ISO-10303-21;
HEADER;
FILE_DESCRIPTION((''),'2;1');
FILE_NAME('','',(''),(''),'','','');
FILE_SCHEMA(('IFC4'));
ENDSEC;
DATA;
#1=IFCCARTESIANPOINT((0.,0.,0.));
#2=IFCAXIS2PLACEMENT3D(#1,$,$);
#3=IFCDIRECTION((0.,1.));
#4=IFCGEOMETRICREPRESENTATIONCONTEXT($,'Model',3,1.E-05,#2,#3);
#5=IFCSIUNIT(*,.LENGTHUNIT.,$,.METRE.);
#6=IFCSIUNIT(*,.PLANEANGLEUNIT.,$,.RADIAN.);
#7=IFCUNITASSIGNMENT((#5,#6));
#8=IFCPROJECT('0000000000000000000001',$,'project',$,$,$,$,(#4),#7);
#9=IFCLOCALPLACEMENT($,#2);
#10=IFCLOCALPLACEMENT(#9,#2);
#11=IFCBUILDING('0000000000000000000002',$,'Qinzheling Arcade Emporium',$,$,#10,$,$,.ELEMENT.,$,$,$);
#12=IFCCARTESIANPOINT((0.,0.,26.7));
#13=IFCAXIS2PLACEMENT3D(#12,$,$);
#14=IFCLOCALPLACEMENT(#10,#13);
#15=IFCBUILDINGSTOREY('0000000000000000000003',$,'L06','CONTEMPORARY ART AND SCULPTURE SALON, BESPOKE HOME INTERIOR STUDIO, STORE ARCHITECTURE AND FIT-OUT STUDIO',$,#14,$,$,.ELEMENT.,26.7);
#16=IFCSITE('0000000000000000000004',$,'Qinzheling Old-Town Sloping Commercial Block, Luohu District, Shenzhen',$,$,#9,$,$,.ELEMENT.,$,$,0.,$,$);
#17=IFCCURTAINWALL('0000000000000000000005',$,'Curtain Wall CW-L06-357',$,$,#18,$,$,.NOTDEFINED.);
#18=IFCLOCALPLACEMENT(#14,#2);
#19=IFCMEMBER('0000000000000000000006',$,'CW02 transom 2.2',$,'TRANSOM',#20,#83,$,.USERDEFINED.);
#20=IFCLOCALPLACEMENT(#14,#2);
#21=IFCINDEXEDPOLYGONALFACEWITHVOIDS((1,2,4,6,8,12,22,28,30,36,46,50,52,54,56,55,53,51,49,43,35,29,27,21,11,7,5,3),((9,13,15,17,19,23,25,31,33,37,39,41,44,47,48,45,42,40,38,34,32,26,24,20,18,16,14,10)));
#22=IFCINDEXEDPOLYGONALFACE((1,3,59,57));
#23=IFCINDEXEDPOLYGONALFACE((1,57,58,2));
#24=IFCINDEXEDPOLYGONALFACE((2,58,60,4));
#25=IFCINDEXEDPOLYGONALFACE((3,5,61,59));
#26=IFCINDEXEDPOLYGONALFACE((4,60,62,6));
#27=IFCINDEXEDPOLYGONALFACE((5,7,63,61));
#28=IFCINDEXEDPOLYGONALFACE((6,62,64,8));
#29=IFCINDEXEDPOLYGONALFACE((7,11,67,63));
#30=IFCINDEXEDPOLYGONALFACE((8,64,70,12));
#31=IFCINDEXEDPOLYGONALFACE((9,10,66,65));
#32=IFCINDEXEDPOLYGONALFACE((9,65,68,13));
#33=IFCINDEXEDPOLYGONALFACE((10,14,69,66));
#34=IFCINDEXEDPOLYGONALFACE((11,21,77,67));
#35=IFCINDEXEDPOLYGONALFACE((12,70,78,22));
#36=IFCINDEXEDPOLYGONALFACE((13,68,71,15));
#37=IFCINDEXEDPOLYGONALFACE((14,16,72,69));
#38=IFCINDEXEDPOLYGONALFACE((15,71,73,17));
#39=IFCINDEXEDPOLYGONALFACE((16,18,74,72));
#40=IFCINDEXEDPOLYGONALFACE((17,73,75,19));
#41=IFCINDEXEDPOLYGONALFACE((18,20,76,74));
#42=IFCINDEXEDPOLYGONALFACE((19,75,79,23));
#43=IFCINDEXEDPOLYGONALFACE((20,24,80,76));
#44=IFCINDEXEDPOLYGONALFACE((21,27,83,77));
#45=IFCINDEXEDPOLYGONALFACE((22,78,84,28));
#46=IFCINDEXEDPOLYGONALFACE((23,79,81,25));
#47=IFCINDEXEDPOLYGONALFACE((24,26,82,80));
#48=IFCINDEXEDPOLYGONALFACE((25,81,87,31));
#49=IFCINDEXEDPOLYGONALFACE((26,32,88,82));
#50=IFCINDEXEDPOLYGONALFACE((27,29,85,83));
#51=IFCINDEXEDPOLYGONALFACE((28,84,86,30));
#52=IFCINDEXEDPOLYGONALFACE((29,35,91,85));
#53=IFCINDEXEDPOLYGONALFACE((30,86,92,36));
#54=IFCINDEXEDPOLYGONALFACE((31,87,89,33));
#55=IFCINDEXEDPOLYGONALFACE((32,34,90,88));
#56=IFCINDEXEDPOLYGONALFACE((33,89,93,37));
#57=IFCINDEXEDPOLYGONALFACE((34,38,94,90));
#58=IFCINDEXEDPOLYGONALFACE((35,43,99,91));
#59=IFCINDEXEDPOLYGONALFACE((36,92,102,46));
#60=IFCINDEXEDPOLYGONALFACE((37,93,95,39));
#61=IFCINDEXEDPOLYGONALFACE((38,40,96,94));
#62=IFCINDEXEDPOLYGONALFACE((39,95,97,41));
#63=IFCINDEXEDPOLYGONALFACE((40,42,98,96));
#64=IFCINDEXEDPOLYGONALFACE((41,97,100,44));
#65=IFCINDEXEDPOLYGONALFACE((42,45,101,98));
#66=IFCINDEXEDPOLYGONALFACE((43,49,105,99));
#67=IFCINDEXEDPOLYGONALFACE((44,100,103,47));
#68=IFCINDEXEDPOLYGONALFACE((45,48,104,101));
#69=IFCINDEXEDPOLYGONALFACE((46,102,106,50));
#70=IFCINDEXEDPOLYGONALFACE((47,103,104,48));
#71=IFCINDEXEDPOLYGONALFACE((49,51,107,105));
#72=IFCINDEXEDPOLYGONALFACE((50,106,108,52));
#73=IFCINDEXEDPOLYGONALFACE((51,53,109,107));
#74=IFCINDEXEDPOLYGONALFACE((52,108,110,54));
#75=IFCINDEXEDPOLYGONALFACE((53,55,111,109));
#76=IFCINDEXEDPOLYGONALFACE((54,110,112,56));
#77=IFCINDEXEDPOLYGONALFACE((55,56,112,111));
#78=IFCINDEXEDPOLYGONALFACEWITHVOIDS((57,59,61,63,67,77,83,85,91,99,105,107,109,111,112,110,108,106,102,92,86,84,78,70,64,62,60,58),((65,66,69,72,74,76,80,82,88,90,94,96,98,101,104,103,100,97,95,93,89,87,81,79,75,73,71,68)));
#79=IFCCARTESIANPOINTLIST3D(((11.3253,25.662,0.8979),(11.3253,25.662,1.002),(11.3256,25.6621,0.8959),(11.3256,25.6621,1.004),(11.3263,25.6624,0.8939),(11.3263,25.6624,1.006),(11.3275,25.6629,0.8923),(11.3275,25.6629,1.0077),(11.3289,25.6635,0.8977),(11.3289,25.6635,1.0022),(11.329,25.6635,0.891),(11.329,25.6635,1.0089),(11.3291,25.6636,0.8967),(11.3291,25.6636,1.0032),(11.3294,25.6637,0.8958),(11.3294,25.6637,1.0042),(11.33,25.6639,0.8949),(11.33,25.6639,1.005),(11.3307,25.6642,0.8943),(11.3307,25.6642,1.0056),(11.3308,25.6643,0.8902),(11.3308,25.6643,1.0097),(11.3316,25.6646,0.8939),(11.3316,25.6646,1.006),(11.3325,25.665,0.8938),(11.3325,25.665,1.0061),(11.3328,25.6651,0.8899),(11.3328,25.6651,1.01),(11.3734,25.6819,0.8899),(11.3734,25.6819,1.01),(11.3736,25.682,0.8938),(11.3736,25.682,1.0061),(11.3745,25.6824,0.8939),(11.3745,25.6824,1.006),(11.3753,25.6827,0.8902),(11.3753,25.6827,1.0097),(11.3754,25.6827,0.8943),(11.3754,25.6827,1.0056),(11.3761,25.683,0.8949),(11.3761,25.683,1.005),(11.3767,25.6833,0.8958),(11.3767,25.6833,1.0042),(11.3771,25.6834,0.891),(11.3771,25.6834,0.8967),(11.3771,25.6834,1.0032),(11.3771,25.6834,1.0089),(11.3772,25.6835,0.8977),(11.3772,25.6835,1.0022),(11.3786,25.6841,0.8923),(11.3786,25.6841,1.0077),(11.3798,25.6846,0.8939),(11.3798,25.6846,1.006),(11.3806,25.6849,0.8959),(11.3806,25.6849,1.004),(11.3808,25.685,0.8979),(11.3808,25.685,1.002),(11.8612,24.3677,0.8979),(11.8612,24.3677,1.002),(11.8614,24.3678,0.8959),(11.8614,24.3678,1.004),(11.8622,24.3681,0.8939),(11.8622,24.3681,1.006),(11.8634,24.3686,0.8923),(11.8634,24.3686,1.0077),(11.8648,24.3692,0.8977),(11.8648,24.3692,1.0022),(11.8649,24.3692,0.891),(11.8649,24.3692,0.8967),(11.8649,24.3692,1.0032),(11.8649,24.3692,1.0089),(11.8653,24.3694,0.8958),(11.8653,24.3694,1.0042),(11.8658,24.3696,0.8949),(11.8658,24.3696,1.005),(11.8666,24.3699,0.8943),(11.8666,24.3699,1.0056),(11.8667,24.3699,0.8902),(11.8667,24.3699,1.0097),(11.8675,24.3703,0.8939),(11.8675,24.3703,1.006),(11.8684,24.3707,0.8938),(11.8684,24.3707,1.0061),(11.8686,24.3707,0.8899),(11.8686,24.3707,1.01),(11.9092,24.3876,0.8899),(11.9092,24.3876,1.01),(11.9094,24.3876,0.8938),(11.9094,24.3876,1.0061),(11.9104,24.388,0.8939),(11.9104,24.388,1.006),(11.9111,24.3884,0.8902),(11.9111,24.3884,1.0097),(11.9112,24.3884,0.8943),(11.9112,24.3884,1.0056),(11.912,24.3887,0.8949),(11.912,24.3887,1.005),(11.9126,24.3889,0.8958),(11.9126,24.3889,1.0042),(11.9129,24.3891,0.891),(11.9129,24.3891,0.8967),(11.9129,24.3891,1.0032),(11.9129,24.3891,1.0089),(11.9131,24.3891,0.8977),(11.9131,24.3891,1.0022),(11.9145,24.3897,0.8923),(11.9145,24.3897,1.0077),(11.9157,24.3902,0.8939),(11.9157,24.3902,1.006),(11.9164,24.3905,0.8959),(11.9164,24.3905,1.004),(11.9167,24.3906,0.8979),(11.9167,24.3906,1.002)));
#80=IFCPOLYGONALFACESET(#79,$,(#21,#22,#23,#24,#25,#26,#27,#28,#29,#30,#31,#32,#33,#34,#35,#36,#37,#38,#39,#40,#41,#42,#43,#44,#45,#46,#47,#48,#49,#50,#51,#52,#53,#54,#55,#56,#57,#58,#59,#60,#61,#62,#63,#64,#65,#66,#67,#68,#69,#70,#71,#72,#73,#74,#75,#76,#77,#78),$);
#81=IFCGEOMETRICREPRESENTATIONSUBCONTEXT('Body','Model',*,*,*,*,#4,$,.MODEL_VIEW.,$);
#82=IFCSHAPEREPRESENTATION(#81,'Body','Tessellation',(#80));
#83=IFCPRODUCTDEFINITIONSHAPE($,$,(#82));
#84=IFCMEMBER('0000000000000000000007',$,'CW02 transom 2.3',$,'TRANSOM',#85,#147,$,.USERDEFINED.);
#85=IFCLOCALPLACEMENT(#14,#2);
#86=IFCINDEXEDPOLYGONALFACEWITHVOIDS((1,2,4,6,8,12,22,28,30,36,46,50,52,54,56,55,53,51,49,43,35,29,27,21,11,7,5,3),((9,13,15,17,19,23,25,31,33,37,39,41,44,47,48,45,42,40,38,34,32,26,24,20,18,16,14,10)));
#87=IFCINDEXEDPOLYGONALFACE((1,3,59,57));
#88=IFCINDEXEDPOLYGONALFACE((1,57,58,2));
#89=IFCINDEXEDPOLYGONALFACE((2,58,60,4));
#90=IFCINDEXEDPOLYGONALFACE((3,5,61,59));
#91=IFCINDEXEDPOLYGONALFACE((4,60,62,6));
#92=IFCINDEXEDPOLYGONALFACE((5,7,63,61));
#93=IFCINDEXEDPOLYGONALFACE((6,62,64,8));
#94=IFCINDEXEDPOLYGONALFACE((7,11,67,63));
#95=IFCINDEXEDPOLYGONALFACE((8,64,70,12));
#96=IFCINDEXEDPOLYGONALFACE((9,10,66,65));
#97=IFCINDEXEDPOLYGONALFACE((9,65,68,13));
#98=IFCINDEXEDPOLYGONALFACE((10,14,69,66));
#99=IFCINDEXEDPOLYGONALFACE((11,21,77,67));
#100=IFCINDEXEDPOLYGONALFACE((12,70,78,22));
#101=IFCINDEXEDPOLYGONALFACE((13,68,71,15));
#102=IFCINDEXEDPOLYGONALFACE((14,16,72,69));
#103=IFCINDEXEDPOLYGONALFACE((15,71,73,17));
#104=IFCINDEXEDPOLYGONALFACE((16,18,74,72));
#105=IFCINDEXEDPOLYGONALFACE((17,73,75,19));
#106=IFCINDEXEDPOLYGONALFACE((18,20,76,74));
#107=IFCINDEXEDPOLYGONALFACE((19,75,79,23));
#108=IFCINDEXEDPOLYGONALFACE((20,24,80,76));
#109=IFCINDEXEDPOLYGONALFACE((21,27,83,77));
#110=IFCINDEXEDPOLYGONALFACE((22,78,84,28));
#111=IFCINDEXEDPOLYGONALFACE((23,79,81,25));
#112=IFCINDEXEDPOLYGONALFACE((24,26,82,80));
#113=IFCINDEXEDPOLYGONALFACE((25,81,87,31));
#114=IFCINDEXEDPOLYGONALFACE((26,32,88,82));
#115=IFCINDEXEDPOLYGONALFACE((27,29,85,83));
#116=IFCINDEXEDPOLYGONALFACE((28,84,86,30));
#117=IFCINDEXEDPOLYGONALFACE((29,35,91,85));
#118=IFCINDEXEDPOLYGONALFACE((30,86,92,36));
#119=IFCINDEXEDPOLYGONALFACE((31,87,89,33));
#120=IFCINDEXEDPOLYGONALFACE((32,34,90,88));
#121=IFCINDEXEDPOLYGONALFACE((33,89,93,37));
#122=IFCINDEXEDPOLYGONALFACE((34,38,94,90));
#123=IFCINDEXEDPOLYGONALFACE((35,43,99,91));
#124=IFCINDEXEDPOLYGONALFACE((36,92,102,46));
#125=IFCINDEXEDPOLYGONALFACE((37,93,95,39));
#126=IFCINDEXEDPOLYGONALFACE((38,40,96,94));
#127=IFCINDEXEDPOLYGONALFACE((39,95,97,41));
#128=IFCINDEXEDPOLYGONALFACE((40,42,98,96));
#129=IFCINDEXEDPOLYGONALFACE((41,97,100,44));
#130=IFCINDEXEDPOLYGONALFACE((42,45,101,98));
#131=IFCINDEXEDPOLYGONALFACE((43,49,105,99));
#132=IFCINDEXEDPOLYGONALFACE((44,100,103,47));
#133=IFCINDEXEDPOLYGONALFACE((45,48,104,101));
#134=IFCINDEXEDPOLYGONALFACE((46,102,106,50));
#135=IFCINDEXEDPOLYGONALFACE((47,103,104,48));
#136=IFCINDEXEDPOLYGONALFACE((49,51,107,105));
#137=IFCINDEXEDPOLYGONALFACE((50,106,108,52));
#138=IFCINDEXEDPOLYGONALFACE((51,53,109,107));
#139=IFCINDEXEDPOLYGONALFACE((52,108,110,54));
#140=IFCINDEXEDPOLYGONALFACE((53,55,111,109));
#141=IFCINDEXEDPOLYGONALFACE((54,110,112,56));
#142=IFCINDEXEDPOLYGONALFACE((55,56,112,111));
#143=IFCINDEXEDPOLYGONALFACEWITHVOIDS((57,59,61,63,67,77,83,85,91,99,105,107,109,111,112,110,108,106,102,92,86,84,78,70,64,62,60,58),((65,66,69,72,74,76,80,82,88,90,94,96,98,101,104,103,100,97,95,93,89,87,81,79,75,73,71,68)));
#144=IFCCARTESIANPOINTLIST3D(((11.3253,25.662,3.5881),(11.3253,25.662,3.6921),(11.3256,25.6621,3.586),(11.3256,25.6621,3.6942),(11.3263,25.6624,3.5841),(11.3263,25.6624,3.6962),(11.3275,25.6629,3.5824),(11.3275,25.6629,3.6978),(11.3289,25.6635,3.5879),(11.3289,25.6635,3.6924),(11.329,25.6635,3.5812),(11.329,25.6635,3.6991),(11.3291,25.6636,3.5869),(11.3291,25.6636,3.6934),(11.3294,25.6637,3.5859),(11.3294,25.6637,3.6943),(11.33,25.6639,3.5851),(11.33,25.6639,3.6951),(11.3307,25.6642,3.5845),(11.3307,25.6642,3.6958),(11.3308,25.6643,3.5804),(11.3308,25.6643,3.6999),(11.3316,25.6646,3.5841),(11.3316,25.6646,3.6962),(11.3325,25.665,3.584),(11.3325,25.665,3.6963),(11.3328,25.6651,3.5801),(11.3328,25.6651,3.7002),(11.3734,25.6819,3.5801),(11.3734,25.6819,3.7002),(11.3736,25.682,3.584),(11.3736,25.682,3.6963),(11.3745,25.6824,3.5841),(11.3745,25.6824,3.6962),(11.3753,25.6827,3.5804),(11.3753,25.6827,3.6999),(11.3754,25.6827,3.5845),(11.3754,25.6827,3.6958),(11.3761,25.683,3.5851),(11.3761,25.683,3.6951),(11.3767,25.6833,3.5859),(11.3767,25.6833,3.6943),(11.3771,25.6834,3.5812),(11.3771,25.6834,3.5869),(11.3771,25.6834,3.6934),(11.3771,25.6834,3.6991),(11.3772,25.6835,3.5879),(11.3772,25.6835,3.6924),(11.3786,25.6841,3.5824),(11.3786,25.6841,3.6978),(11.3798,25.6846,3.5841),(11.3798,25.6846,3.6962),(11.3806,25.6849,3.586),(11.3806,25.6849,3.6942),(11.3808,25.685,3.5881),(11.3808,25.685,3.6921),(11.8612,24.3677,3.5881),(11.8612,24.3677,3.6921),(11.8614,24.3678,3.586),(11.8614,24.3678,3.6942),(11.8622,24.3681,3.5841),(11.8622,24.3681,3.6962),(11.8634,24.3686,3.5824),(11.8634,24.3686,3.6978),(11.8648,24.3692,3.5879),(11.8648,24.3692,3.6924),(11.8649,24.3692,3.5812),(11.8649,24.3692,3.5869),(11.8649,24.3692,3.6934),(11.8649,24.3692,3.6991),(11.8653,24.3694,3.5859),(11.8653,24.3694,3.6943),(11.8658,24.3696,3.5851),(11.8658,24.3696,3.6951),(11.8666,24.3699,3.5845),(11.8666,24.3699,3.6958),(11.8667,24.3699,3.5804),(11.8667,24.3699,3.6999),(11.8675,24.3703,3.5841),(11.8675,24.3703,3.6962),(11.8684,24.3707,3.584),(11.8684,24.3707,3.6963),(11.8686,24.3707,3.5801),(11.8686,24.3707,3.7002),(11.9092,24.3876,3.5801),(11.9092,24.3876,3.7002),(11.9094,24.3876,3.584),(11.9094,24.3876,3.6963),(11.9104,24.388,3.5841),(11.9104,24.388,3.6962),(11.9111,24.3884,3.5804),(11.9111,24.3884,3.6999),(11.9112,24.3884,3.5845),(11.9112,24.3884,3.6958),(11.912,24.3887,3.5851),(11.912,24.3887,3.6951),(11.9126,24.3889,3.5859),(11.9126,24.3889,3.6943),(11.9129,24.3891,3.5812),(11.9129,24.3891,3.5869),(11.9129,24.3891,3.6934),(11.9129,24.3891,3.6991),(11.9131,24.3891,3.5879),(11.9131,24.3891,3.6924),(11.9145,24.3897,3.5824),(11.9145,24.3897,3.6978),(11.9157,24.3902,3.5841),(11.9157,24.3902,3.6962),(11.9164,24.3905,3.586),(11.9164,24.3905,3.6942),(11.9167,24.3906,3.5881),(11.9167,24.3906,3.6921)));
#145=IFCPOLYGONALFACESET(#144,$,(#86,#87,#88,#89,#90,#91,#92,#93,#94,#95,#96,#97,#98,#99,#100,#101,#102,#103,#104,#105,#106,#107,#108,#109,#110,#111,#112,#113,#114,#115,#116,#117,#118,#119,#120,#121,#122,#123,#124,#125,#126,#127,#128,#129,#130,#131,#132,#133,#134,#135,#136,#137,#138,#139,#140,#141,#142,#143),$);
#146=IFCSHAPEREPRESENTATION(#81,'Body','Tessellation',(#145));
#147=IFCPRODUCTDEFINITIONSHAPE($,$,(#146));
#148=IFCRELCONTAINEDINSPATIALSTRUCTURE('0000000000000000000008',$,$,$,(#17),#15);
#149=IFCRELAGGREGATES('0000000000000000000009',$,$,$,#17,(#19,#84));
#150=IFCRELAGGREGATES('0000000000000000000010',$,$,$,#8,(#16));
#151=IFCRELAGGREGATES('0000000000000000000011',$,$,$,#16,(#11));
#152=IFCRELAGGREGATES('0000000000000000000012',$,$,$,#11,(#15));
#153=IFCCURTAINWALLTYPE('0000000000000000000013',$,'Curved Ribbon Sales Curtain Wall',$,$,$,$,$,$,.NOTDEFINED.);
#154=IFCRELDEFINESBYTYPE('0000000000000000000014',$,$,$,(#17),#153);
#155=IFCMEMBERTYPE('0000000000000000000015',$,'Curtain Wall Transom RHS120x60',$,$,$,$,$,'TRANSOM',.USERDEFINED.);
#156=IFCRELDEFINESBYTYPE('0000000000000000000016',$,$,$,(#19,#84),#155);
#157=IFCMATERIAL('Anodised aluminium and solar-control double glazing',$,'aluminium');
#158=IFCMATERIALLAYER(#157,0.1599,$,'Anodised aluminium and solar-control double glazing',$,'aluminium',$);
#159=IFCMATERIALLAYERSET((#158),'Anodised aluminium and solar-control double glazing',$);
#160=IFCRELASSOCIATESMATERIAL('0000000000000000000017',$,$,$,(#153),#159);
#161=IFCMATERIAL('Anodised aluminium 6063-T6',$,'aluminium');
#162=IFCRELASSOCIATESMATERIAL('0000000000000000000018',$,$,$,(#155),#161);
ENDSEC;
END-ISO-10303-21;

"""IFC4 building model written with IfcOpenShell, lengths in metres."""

from ifc_helpers import new_model, si_unit, direction, frame, origin, origin_2d, place, context, subcontext, project, spatial, hollow_rectangle, extrude, material, layer, layer_set, material_profile, profile_set, type_object, element, aggregate, save


model = new_model("IFC4")

# Units and contexts
model_context = context("Model", 3, precision=1e-05, world=origin(), true_north=direction((0.0, 1.0)))
body_context = subcontext(model_context, "Body", "Model", "MODEL_VIEW")
ifc_project = project(units=[si_unit("LENGTHUNIT", "METRE"), si_unit("PLANEANGLEUNIT", "RADIAN")], contexts=[model_context])

# Site, building, storey
site_placement = place(None, origin())
site = spatial("IfcSite", under=ifc_project, at=site_placement, Name="Qinzheling Old-Town Sloping Commercial Block, Luohu District, Shenzhen", CompositionType="ELEMENT", RefElevation=0.0)
building_placement = place(site_placement, origin())
building = spatial("IfcBuilding", under=site, at=building_placement, Name="Qinzheling Arcade Emporium", CompositionType="ELEMENT")
storey_placement = place(building_placement, frame((0.0, 0.0, 26.7)))
storey = spatial("IfcBuildingStorey", under=building, at=storey_placement, Name="L06", Description="CONTEMPORARY ART AND SCULPTURE SALON, BESPOKE HOME INTERIOR STUDIO, STORE ARCHITECTURE AND FIT-OUT STUDIO", CompositionType="ELEMENT", Elevation=26.7)

# Curtain wall
ifc_material_1 = material(Name="Anodised aluminium and solar-control double glazing", Category="aluminium")
ifc_layer_1 = layer(ifc_material_1, 0.1599, Name="Anodised aluminium and solar-control double glazing", Category="aluminium")
ifc_layer_set_1 = layer_set([ifc_layer_1], Name="Anodised aluminium and solar-control double glazing")
curtain_wall_type = type_object("IfcCurtainWallType", Name="Curved Ribbon Sales Curtain Wall", PredefinedType="NOTDEFINED", material=ifc_layer_set_1)
curtain_wall_1_placement = place(storey_placement, origin())
curtain_wall_1 = element("IfcCurtainWall", 1, at=curtain_wall_1_placement, inside=storey, type_object=curtain_wall_type, Name="Curtain Wall CW-L06-357", PredefinedType="NOTDEFINED")
ifc_material_2 = material(Name="Anodised aluminium 6063-T6", Category="aluminium")

# Members
ifc_material_profile_1 = material_profile(ifc_material_2, hollow_rectangle(XDim=0.0601, YDim=0.1201, WallThickness=0.0039, InnerFilletRadius=0.0039, OuterFilletRadius=0.0081, at=origin_2d()), Name="RHS 120x60x4", Category="aluminium")
ifc_profile_set_1 = profile_set([ifc_material_profile_1], Name="Anodised aluminium 6063-T6")
member_type_1 = type_object("IfcMemberType", Name="Curtain Wall Transom RHS120x60", ElementType="TRANSOM", PredefinedType="USERDEFINED", material=ifc_profile_set_1)
member_1_placement = place(storey_placement, frame((11.8889, 24.3792, 0.95), z_axis=(-0.382511, 0.923951, 0.0), x_axis=(-0.923951, -0.382511, 0.0)))
member_1 = element("IfcMember", 2, at=member_1_placement, type_object=member_type_1, Name="CW02 transom 2.2", ObjectType="TRANSOM", PredefinedType="USERDEFINED", context=body_context, shape_type="SweptSolid", body=[
    extrude(hollow_rectangle(XDim=0.0601, YDim=0.1201, WallThickness=0.0039, InnerFilletRadius=0.0039, OuterFilletRadius=0.0081, at=origin_2d()), origin(), (0.0, 0.0, 1.0), 1.4009),
])
member_2_placement = place(storey_placement, frame((11.8889, 24.3792, 3.6401), z_axis=(-0.382511, 0.923951, 0.0), x_axis=(-0.923951, -0.382511, 0.0)))
member_2 = element("IfcMember", 3, at=member_2_placement, type_object=member_type_1, Name="CW02 transom 2.3", ObjectType="TRANSOM", PredefinedType="USERDEFINED", context=body_context, shape_type="SweptSolid", body=[
    extrude(hollow_rectangle(XDim=0.0601, YDim=0.1201, WallThickness=0.0039, InnerFilletRadius=0.0039, OuterFilletRadius=0.0081, at=origin_2d()), origin(), (0.0, 0.0, 1.0), 1.4009),
])

aggregate(curtain_wall_1, [member_1, member_2])

save(model, "model.ifc")
